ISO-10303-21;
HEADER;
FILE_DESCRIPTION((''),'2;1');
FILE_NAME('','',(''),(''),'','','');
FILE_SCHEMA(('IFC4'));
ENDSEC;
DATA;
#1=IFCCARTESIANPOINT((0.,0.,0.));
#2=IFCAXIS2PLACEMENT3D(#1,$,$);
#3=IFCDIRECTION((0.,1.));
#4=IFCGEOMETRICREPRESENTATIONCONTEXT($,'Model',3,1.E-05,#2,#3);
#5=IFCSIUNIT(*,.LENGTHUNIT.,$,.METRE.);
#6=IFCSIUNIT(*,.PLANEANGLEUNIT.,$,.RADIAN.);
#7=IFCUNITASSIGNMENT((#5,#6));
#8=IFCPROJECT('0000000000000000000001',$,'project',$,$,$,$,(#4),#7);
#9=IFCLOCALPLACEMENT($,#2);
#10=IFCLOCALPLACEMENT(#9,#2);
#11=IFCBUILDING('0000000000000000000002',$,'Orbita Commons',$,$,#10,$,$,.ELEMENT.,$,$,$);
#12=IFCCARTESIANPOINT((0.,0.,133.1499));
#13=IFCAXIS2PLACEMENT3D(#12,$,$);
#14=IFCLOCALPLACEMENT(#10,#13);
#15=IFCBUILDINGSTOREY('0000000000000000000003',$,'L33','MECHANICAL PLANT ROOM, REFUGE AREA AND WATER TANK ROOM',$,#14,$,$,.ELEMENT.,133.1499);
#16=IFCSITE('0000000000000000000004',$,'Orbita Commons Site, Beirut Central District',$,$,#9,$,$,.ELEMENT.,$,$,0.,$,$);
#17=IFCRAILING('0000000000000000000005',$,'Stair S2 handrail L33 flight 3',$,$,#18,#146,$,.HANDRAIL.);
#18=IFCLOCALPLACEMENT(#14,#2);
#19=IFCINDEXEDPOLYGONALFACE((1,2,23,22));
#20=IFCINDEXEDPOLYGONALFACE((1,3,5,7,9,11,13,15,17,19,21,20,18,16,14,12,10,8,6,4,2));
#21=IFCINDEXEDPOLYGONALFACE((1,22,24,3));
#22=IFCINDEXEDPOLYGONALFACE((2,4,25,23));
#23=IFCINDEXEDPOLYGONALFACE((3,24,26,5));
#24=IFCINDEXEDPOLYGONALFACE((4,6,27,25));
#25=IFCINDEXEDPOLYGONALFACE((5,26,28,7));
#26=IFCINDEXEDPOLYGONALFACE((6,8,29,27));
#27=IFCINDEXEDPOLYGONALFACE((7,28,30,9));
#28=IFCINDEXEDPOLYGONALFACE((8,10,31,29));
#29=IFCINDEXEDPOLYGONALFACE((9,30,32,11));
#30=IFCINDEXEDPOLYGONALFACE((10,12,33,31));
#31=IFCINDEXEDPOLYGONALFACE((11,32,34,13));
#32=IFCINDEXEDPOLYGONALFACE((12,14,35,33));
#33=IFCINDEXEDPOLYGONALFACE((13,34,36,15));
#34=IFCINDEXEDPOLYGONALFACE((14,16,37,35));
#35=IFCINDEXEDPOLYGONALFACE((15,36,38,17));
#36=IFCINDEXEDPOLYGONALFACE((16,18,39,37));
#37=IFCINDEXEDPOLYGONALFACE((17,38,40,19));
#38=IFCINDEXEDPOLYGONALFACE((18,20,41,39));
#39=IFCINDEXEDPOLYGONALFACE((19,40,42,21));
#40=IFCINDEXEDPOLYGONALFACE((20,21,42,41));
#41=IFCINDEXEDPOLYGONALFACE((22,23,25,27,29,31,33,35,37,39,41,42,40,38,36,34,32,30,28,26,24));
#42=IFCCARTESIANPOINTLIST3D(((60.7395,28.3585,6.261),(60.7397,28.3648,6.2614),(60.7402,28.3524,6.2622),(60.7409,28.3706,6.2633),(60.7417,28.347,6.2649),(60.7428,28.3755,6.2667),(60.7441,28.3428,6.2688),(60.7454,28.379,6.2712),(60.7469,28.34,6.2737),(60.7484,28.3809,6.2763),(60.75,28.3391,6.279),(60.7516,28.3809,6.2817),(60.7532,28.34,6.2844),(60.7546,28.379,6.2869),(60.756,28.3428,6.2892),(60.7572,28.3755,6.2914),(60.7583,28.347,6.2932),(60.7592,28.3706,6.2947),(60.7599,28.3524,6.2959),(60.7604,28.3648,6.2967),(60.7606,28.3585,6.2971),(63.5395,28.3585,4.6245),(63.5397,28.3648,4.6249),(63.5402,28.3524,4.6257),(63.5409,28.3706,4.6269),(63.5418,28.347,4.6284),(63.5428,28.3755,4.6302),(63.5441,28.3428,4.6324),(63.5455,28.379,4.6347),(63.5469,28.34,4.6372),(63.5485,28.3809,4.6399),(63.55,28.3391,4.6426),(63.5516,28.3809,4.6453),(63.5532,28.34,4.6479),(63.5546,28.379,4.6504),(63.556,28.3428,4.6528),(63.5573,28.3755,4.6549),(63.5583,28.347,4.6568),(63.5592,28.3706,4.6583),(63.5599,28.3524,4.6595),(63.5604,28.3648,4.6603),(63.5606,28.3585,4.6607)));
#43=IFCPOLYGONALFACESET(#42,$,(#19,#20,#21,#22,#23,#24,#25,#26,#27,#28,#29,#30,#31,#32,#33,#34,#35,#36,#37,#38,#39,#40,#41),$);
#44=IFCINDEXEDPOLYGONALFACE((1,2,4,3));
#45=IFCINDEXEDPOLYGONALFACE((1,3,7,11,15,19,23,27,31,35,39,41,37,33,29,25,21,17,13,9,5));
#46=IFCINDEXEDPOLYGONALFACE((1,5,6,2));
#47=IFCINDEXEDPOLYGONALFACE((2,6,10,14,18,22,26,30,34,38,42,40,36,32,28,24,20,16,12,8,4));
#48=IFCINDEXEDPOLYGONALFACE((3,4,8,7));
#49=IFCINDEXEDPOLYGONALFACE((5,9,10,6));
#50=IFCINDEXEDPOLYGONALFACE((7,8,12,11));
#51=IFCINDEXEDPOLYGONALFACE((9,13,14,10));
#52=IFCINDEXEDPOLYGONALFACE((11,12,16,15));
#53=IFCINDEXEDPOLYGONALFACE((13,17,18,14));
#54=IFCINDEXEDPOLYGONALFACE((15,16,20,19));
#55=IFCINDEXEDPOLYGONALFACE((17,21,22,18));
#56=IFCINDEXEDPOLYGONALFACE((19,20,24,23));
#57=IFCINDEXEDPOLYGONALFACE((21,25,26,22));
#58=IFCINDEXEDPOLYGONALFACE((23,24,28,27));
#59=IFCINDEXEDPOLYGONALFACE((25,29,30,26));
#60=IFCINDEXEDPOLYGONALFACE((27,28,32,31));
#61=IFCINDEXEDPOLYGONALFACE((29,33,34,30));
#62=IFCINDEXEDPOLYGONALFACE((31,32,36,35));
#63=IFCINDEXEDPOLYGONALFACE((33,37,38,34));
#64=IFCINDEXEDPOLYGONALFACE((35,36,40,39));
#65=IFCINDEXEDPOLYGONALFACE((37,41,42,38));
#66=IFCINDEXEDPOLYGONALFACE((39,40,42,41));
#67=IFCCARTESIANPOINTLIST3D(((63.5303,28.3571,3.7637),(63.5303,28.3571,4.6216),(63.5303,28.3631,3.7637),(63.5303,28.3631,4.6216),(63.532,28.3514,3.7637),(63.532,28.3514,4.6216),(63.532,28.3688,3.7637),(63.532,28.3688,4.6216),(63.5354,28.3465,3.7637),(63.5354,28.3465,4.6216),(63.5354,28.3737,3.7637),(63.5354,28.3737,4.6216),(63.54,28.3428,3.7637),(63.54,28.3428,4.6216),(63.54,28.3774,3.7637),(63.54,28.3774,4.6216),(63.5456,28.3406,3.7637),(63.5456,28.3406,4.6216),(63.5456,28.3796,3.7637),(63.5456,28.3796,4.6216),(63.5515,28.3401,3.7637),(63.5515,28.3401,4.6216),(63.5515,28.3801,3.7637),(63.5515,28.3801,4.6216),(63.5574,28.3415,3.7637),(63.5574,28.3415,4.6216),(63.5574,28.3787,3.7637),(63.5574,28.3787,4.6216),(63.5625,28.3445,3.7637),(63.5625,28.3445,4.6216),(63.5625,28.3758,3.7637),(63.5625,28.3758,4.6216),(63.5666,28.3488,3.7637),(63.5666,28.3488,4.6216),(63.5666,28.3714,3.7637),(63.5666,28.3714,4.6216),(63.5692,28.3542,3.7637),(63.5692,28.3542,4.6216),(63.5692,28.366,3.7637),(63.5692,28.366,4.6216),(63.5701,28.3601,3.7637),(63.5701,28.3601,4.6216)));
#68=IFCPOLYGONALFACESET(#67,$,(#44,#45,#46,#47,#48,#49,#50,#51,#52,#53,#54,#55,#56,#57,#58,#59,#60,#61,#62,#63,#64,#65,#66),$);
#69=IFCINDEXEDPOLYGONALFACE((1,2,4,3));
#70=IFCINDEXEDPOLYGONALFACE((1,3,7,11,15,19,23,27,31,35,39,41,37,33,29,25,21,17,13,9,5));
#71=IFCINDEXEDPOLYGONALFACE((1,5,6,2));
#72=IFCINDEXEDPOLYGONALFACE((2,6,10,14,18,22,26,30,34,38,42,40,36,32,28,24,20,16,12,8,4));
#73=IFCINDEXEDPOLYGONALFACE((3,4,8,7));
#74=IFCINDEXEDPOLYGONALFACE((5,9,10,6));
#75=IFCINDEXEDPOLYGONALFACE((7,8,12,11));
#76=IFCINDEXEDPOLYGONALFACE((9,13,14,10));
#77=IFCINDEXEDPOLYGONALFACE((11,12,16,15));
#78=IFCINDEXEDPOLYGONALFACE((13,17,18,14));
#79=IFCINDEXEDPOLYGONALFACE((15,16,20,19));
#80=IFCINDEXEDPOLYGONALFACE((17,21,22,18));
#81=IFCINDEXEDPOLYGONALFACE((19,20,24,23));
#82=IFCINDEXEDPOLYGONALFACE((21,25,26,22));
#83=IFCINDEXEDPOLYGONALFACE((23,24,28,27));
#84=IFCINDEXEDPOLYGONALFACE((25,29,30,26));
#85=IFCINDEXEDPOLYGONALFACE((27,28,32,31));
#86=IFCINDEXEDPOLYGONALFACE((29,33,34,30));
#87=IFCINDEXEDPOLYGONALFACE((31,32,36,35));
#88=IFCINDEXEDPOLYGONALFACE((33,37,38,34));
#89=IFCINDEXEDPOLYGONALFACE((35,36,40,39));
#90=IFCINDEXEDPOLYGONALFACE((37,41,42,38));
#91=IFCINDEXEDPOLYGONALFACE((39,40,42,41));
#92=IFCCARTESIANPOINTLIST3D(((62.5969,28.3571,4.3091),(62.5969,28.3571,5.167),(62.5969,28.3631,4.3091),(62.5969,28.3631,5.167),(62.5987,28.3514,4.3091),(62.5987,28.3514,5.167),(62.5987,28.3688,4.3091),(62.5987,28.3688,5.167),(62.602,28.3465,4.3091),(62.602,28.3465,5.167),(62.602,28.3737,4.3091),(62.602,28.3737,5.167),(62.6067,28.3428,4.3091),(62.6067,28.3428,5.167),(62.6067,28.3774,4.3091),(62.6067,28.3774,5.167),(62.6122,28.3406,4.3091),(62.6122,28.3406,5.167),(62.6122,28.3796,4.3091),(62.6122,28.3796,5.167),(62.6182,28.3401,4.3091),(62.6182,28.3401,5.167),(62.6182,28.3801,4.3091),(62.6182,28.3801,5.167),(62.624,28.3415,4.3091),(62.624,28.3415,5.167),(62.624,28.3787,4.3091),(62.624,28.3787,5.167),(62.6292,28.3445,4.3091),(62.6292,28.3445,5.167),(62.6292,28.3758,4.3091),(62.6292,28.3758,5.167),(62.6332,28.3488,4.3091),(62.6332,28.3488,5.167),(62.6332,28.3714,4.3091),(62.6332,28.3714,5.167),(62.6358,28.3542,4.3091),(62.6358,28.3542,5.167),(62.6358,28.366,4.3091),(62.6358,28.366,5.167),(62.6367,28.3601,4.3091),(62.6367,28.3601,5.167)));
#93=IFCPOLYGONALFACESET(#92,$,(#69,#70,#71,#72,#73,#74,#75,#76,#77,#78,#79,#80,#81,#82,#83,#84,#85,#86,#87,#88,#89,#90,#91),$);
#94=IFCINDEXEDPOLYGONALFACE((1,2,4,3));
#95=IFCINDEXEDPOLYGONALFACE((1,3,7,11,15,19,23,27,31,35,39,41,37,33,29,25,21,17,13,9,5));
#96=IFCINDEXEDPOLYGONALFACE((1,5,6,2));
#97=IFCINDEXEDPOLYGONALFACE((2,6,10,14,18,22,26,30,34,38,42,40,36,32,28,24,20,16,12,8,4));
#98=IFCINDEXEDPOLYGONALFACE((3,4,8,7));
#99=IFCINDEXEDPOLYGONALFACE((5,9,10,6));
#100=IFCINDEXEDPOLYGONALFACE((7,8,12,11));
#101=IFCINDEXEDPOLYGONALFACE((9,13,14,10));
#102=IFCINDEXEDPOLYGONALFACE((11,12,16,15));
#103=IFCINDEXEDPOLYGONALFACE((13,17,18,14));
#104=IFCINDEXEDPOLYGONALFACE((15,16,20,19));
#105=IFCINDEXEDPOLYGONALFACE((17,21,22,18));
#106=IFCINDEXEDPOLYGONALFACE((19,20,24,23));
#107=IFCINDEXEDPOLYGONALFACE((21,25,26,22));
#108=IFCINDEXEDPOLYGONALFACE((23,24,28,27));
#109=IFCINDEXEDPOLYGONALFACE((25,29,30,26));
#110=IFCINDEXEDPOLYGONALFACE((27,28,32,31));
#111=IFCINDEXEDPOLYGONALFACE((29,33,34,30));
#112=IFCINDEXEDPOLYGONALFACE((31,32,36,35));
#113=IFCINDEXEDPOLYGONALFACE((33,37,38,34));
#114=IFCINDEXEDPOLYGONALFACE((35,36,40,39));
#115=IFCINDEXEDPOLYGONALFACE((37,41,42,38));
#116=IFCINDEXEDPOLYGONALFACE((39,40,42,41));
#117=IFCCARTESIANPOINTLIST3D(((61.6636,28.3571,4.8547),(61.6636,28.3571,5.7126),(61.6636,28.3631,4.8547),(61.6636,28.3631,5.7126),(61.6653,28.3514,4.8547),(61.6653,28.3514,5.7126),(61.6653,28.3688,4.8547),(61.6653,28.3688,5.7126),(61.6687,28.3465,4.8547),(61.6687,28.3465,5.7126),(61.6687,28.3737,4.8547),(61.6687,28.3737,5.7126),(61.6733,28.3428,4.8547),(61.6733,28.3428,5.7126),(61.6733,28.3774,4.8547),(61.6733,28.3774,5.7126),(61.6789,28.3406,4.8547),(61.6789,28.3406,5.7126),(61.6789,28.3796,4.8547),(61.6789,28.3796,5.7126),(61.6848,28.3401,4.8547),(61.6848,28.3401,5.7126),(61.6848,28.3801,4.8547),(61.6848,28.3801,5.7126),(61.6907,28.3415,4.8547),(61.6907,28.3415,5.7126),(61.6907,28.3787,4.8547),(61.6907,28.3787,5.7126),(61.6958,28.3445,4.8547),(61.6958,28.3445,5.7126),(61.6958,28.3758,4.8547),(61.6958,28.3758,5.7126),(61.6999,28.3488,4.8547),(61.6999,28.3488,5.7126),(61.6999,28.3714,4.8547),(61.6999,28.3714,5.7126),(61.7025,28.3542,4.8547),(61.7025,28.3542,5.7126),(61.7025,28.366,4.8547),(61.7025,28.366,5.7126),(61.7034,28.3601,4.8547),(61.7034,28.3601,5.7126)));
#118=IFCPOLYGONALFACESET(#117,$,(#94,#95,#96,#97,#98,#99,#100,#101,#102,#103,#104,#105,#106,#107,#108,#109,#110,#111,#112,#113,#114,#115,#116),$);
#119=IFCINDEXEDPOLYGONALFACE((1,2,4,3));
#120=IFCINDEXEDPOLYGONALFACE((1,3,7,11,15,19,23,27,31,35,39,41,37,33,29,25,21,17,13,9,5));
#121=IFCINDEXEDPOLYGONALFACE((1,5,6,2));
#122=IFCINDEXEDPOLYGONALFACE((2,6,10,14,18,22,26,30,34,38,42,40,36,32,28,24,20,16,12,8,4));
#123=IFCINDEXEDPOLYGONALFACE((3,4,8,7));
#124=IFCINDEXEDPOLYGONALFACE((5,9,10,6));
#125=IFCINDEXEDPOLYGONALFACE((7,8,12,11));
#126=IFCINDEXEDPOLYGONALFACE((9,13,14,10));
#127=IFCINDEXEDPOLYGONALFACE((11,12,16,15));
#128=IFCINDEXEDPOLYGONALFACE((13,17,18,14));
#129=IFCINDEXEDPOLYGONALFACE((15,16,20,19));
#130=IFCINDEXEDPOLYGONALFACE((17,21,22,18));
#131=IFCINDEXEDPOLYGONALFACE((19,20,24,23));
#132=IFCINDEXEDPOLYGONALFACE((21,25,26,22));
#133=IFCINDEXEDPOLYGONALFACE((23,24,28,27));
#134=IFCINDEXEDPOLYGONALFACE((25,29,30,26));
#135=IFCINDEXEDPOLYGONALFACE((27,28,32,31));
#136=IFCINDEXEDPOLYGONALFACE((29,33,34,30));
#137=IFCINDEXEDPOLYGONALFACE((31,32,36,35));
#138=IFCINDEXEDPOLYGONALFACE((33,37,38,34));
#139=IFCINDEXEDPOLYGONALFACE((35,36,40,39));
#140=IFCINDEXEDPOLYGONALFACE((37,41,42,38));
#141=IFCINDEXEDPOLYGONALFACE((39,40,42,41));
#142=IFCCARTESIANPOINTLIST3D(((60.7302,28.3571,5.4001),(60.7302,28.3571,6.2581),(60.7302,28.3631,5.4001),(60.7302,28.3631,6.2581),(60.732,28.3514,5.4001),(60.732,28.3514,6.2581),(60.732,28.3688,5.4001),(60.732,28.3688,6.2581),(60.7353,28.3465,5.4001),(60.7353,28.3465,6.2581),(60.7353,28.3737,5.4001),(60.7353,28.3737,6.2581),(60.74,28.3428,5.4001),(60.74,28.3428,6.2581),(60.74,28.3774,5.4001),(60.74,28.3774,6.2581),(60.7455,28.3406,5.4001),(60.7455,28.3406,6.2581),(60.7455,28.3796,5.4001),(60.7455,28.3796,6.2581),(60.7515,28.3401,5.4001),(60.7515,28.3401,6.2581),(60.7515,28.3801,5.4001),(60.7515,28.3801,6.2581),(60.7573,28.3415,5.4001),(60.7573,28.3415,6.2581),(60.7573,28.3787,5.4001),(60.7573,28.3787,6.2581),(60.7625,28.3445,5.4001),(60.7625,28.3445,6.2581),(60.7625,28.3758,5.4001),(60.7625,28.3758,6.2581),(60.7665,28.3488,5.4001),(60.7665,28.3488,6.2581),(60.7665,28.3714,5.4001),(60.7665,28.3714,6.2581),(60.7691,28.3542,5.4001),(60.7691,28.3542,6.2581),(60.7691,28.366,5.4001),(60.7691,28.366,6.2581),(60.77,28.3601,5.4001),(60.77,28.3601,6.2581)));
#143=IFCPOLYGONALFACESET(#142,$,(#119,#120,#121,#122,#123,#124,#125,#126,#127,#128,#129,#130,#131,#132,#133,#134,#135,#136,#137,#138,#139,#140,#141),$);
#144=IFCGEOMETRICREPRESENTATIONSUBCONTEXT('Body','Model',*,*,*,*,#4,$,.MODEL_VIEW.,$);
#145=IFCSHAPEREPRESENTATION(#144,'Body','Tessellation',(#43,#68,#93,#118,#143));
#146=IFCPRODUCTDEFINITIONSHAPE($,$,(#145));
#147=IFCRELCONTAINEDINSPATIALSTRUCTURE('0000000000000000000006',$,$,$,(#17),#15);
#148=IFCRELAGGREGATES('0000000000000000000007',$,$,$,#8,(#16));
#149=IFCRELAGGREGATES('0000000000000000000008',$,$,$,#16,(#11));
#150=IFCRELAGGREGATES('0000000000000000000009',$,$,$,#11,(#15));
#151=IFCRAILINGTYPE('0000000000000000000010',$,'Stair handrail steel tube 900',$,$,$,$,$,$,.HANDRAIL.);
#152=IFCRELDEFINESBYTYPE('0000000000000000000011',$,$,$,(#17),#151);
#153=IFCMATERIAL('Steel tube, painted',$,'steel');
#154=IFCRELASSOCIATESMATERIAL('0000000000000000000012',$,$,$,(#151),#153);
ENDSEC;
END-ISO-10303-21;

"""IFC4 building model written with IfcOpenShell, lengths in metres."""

from ifc_helpers import new_model, si_unit, direction, frame, origin, origin_2d, place, context, subcontext, project, spatial, circle, extrude, material, type_object, element, save


model = new_model("IFC4")

# Units and contexts
model_context = context("Model", 3, precision=1e-05, world=origin(), true_north=direction((0.0, 1.0)))
body_context = subcontext(model_context, "Body", "Model", "MODEL_VIEW")
ifc_project = project(units=[si_unit("LENGTHUNIT", "METRE"), si_unit("PLANEANGLEUNIT", "RADIAN")], contexts=[model_context])

# Site, building, storey
site_placement = place(None, origin())
site = spatial("IfcSite", under=ifc_project, at=site_placement, Name="Orbita Commons Site, Beirut Central District", CompositionType="ELEMENT", RefElevation=0.0)
building_placement = place(site_placement, origin())
building = spatial("IfcBuilding", under=site, at=building_placement, Name="Orbita Commons", CompositionType="ELEMENT")
storey_placement = place(building_placement, frame((0.0, 0.0, 133.1499)))
storey = spatial("IfcBuildingStorey", under=building, at=storey_placement, Name="L33", Description="MECHANICAL PLANT ROOM, REFUGE AREA AND WATER TANK ROOM", CompositionType="ELEMENT", Elevation=133.1499)

# Railing
ifc_material_1 = material(Name="Steel tube, painted", Category="steel")
railing_type = type_object("IfcRailingType", Name="Stair handrail steel tube 900", PredefinedType="HANDRAIL", material=ifc_material_1)
for number, where, name in (
    (1, (63.55, 28.3601, 3.7637), "Stair S2 handrail L33 flight 3"),
):
    element("IfcRailing", number, at=place(storey_placement, frame(where)), inside=storey, type_object=railing_type, Name=name, PredefinedType="HANDRAIL", context=body_context, shape_type="SweptSolid", body=[
        extrude(circle(Radius=0.021, at=origin_2d()), frame((0.0, 0.0, 0.8789), z_axis=(-0.863361, 0.0, 0.504587), x_axis=(0.0, -1.0, 0.0)), (0.0, 0.0, 1.0), 3.2432),
        extrude(circle(Radius=0.02, at=origin_2d()), origin(), (0.0, 0.0, 1.0), 0.8579),
        extrude(circle(Radius=0.02, at=origin_2d()), frame((-0.9333, 0.0, 0.5454)), (0.0, 0.0, 1.0), 0.8579),
        extrude(circle(Radius=0.02, at=origin_2d()), frame((-1.8667, 0.0, 1.0911)), (0.0, 0.0, 1.0), 0.8579),
        extrude(circle(Radius=0.02, at=origin_2d()), frame((-2.8, 0.0, 1.6365)), (0.0, 0.0, 1.0), 0.8579),
    ])

save(model, "model.ifc")
